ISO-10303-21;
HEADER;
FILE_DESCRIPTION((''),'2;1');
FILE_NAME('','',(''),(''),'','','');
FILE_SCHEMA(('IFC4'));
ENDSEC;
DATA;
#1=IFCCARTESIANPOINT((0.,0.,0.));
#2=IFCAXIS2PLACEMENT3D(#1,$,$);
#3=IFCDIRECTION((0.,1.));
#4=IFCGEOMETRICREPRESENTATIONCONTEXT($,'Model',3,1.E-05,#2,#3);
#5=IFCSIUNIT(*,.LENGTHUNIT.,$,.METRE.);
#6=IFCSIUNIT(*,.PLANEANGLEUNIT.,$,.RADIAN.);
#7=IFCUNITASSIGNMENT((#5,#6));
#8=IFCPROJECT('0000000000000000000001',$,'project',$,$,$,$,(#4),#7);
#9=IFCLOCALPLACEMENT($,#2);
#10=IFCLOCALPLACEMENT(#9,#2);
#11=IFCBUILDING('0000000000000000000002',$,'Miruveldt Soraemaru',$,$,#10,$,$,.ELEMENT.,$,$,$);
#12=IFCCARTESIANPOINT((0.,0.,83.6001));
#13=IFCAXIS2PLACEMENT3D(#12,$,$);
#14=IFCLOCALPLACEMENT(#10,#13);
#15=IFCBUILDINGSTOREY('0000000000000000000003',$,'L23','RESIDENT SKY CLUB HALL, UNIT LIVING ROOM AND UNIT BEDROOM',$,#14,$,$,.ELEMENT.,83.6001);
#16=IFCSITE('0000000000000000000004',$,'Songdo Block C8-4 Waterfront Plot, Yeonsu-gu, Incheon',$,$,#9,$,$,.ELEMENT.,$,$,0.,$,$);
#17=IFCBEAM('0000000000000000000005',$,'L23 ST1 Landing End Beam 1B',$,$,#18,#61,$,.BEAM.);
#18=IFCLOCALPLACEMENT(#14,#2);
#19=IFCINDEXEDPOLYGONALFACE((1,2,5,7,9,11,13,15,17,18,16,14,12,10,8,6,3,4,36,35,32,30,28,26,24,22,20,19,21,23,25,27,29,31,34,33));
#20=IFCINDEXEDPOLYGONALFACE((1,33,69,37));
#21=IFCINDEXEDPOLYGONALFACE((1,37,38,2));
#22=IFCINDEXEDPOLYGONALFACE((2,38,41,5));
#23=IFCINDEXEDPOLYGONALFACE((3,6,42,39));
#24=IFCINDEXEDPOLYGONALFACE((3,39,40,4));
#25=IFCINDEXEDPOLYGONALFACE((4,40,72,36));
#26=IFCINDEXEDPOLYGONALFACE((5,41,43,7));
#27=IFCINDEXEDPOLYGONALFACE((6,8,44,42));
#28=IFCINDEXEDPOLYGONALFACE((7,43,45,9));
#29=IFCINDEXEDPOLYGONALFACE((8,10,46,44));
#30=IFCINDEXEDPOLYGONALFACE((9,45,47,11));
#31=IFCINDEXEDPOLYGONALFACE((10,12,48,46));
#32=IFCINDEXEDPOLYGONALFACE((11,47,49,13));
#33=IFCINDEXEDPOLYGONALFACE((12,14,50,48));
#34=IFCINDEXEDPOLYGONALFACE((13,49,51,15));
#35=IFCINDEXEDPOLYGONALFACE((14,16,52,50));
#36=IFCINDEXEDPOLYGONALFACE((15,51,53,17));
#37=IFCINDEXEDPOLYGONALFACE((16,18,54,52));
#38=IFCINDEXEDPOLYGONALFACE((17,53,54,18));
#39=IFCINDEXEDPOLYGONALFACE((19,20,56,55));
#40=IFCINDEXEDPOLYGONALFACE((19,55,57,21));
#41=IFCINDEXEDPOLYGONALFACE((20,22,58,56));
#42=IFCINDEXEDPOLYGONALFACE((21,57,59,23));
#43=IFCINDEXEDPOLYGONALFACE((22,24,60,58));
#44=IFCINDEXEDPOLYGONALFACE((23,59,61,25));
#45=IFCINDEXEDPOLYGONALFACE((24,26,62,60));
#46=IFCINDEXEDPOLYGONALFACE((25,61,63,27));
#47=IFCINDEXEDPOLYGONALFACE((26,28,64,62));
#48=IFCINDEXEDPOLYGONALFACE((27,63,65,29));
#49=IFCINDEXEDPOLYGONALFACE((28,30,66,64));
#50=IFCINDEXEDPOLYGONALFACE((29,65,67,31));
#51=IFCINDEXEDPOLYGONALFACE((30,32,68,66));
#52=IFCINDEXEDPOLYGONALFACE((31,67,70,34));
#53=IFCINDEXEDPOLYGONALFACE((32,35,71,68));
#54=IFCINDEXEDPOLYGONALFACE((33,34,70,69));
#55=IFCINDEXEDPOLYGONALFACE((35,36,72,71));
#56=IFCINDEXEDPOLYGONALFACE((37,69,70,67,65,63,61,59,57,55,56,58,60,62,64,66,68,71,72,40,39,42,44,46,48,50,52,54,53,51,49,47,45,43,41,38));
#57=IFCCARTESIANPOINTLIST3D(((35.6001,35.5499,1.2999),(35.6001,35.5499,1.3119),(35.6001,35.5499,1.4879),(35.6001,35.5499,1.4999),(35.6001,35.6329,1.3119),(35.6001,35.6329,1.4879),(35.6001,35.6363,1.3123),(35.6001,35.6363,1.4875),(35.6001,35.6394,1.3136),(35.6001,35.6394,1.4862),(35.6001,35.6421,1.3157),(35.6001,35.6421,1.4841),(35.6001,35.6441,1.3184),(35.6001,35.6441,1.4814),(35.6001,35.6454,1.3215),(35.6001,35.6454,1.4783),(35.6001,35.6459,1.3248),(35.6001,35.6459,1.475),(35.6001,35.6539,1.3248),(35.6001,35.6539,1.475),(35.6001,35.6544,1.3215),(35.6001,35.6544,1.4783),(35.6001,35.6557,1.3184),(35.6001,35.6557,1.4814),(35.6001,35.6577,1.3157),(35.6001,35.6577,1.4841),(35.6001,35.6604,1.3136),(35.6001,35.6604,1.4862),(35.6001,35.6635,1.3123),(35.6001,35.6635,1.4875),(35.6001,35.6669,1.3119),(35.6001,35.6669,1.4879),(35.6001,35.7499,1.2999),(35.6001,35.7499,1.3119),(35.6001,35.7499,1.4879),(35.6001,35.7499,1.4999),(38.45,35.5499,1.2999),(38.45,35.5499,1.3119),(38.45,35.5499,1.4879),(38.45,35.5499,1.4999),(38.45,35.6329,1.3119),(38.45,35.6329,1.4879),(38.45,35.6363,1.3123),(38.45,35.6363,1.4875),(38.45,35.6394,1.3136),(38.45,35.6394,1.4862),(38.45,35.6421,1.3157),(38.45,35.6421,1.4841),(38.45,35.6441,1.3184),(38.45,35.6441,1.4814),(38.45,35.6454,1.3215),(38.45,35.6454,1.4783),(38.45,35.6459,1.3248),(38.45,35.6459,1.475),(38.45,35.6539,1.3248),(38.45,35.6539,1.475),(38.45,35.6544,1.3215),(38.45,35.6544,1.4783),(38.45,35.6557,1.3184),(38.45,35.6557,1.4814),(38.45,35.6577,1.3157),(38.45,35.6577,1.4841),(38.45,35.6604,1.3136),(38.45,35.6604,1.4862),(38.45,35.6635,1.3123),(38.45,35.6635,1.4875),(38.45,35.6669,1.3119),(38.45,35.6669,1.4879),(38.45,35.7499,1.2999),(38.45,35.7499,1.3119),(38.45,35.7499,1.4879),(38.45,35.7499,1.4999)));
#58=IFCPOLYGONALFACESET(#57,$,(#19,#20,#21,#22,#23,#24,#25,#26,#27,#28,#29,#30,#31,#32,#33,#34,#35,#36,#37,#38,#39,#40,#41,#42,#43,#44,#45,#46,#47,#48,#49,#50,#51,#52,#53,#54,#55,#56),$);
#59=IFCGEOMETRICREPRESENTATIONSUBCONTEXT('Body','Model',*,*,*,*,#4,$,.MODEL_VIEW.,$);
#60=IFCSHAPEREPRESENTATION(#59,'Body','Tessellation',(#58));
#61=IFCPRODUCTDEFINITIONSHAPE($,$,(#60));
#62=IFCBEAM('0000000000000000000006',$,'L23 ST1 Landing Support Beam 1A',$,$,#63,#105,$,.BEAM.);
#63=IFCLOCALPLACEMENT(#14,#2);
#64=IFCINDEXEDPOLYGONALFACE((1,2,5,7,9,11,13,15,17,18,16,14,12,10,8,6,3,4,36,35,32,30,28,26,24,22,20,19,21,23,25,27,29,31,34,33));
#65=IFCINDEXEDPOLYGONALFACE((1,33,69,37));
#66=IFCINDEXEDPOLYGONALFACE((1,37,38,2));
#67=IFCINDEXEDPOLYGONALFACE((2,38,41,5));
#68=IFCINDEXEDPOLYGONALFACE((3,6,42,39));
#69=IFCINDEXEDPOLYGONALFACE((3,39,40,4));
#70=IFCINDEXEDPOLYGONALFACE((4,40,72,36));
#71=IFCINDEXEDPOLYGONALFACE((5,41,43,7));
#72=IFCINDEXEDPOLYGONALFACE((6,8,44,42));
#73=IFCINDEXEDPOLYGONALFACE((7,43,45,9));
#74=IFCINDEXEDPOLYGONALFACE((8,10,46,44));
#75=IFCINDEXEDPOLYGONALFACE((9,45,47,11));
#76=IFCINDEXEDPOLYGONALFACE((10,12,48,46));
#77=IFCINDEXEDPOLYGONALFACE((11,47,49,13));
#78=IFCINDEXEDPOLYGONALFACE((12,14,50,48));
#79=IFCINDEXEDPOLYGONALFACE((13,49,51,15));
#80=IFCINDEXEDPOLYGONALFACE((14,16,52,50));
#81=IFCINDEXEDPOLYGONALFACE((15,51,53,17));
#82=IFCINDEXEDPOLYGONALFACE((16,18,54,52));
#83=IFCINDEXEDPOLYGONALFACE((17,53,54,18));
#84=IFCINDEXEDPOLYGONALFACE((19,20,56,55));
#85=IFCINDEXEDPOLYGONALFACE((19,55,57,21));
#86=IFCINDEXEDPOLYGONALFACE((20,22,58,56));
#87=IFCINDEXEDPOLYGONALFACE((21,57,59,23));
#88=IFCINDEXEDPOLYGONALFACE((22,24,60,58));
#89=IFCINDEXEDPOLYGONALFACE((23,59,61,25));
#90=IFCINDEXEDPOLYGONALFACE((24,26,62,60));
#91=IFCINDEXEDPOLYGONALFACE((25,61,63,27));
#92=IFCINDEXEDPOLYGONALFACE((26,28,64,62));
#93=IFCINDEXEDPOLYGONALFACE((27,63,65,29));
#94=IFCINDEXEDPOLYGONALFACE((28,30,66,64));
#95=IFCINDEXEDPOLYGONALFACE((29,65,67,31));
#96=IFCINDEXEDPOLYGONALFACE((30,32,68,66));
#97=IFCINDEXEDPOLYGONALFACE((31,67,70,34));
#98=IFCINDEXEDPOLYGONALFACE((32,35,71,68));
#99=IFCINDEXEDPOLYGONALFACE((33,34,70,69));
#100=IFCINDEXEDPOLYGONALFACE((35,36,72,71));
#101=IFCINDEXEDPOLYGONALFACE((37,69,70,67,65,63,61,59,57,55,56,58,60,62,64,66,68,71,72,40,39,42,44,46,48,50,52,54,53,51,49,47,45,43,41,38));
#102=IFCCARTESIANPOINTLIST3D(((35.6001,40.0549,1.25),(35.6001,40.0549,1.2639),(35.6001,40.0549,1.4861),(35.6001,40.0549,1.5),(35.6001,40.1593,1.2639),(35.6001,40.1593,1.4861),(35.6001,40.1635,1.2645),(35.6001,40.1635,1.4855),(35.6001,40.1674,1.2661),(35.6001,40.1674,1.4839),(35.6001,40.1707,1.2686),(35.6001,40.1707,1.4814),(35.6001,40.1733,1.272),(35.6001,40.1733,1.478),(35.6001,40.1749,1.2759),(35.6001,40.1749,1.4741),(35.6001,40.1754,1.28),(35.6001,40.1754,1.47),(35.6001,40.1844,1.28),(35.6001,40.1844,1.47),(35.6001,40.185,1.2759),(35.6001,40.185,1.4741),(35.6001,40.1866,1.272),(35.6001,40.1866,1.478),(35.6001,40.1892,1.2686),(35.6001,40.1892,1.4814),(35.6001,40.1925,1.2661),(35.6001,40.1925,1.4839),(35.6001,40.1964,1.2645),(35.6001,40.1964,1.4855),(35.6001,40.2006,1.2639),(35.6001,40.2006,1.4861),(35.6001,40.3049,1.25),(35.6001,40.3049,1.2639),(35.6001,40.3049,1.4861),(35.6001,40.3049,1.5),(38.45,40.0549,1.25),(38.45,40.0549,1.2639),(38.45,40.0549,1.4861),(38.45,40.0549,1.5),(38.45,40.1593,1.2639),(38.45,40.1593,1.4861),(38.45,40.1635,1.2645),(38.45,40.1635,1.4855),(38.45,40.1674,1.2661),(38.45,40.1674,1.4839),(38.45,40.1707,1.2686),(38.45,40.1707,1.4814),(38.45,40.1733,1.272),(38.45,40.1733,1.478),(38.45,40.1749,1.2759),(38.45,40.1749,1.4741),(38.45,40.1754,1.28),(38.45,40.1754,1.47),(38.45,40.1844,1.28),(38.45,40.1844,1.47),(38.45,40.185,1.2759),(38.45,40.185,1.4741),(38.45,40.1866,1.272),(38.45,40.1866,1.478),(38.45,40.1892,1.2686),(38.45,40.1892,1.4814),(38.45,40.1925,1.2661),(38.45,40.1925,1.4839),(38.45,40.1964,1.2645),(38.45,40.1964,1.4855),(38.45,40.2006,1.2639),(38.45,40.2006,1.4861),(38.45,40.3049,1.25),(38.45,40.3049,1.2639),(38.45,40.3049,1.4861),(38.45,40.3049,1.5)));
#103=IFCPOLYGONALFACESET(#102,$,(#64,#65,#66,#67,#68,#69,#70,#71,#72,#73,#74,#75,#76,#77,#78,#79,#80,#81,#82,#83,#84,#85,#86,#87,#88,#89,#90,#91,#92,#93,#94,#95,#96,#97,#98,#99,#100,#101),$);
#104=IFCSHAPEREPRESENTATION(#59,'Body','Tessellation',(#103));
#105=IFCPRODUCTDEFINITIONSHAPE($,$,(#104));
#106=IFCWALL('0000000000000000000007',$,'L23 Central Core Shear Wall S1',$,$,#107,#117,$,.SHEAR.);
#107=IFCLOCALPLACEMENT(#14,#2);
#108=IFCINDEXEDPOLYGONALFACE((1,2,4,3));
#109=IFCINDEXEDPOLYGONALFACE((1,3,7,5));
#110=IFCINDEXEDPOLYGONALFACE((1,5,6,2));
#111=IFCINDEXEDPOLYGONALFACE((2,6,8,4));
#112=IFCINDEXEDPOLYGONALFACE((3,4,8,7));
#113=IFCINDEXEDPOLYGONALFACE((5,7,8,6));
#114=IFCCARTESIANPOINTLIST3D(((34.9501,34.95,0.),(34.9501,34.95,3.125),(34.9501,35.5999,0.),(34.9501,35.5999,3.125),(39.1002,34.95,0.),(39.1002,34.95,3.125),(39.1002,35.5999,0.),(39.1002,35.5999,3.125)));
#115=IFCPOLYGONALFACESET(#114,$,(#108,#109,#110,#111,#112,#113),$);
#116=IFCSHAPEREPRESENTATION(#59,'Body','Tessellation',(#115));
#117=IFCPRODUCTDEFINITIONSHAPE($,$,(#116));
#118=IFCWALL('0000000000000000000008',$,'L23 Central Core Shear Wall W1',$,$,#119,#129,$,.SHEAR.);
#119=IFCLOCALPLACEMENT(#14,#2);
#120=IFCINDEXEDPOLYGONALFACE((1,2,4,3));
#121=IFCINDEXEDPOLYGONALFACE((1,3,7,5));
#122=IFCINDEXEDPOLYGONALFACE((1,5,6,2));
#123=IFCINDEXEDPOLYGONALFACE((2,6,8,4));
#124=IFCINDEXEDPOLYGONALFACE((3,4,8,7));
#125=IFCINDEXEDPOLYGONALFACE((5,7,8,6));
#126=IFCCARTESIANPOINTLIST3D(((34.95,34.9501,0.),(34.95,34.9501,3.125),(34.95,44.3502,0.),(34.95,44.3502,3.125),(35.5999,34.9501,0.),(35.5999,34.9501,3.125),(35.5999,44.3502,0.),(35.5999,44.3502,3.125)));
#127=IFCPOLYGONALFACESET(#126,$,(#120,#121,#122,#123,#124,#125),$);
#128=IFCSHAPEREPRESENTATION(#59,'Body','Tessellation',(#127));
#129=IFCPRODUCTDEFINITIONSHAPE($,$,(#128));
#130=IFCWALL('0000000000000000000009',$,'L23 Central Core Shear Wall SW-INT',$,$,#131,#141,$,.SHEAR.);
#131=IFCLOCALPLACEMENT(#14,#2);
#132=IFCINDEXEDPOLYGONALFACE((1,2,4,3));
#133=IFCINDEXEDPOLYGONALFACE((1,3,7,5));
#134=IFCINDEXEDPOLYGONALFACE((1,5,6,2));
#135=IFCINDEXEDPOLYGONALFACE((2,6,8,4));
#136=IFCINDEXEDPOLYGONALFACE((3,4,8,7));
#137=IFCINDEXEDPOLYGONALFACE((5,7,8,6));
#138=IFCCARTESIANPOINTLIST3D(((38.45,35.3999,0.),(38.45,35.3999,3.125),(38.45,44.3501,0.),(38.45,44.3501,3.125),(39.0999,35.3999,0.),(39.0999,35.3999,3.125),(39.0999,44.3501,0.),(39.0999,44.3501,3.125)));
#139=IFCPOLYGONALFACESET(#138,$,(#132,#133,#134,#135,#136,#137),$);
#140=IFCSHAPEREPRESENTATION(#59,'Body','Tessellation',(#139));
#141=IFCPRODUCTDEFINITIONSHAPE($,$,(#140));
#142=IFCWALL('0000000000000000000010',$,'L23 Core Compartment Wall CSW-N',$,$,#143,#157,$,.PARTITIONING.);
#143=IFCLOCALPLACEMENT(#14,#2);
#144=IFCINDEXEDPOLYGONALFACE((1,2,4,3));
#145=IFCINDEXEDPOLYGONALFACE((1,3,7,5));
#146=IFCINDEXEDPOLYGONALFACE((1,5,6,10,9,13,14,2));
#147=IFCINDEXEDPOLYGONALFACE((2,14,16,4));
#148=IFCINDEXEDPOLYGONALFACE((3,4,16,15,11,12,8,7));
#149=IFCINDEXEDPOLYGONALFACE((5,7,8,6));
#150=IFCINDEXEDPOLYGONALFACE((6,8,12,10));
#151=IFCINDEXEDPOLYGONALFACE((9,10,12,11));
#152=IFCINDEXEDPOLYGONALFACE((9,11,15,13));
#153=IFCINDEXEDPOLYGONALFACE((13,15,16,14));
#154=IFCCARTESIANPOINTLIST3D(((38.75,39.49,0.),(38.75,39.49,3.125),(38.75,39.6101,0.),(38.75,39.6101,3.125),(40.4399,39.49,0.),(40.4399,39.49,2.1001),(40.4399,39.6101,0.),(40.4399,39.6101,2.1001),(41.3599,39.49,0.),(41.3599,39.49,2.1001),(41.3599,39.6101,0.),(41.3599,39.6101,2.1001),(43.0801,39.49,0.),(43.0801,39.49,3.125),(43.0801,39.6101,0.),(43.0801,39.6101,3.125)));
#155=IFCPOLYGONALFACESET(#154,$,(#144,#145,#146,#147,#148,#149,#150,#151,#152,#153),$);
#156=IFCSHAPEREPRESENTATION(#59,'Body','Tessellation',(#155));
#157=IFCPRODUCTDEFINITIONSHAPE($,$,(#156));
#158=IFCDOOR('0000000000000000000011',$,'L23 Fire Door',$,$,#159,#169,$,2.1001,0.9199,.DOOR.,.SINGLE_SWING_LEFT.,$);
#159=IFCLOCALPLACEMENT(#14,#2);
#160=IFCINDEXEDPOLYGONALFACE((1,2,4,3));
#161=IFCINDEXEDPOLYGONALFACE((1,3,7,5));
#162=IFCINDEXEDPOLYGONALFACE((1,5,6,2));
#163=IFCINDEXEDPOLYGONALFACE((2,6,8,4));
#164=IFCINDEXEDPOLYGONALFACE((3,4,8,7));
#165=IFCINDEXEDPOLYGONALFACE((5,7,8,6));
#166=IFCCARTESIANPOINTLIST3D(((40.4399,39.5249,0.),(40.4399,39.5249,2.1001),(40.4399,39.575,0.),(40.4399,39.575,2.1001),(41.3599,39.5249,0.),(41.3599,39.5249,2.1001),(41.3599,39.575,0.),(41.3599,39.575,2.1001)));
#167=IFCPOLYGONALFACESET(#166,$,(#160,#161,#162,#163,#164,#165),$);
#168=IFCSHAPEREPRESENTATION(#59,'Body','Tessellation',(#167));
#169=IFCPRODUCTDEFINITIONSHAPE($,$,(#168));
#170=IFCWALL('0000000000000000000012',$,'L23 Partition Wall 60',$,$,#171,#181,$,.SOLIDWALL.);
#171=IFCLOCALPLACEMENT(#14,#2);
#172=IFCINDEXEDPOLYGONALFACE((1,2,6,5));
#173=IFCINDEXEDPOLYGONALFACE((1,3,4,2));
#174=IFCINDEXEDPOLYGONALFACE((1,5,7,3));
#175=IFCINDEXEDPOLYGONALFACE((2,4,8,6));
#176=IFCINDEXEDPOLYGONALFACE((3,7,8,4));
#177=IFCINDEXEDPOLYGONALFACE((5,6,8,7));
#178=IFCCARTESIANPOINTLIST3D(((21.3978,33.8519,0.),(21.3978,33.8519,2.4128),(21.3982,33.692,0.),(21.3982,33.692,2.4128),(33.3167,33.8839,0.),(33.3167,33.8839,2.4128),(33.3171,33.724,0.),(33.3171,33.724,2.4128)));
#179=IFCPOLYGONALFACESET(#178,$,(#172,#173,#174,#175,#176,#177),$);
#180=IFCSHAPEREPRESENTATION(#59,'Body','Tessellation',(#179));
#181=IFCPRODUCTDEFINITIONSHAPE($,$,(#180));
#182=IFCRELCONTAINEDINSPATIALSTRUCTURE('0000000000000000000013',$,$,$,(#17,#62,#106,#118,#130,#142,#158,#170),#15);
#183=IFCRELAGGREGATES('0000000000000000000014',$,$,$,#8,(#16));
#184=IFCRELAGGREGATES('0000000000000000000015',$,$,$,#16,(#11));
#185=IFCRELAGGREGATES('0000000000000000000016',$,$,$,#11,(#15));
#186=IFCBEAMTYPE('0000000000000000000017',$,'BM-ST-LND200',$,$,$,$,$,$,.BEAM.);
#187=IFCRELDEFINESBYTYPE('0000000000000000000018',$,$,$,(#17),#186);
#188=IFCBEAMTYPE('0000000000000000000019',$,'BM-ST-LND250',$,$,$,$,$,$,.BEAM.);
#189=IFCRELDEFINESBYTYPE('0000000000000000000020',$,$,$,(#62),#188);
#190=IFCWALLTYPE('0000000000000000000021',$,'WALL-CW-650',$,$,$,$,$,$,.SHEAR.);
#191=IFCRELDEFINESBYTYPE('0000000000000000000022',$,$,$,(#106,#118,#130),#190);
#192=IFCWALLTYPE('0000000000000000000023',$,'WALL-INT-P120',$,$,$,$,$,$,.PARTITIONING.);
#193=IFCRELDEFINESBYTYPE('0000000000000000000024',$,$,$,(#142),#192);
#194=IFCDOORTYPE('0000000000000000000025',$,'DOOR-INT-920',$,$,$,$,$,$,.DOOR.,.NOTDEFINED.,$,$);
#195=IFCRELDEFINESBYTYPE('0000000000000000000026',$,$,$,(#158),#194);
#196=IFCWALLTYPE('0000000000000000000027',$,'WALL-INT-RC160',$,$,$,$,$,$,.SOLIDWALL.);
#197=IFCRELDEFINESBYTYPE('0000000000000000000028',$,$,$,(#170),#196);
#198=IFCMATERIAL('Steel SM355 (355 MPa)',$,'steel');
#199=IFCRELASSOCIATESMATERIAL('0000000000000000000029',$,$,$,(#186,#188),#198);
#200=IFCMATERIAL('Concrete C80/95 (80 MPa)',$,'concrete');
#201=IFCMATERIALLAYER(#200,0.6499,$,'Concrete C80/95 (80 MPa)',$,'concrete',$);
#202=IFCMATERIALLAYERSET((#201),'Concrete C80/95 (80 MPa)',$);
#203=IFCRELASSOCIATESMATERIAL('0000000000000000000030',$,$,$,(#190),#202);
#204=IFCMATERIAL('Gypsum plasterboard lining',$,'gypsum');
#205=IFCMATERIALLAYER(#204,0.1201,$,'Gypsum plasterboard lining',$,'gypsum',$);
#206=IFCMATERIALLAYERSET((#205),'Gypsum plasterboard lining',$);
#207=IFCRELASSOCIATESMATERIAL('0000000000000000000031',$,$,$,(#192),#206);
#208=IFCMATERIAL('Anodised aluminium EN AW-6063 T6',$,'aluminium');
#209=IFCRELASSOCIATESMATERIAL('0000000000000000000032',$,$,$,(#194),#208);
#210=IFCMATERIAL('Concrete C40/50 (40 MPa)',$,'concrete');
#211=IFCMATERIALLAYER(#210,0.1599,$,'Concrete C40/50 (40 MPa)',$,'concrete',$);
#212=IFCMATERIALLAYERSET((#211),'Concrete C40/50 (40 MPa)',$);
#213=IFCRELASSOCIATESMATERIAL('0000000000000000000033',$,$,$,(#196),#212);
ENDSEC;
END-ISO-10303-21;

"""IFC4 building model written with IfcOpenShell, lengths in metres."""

from ifc_helpers import new_model, si_unit, direction, frame, frame_2d, origin, origin_2d, place, context, subcontext, project, spatial, rectangle, i_section, extrude, material, layer, layer_set, material_profile, profile_set, type_object, element, fill, save


model = new_model("IFC4")

# Units and contexts
model_context = context("Model", 3, precision=1e-05, world=origin(), true_north=direction((0.0, 1.0)))
body_context = subcontext(model_context, "Body", "Model", "MODEL_VIEW")
ifc_project = project(units=[si_unit("LENGTHUNIT", "METRE"), si_unit("PLANEANGLEUNIT", "RADIAN")], contexts=[model_context])

# Site, building, storey
site_placement = place(None, origin())
site = spatial("IfcSite", under=ifc_project, at=site_placement, Name="Songdo Block C8-4 Waterfront Plot, Yeonsu-gu, Incheon", CompositionType="ELEMENT", RefElevation=0.0)
building_placement = place(site_placement, origin())
building = spatial("IfcBuilding", under=site, at=building_placement, Name="Miruveldt Soraemaru", CompositionType="ELEMENT")
storey_placement = place(building_placement, frame((0.0, 0.0, 83.6001)))
storey = spatial("IfcBuildingStorey", under=building, at=storey_placement, Name="L23", Description="RESIDENT SKY CLUB HALL, UNIT LIVING ROOM AND UNIT BEDROOM", CompositionType="ELEMENT", Elevation=83.6001)

# Beams
ifc_material_1 = material(Name="Steel SM355 (355 MPa)", Category="steel")
ifc_material_profile_1 = material_profile(ifc_material_1, i_section(OverallWidth=0.2, OverallDepth=0.2, WebThickness=0.0081, FlangeThickness=0.012, FilletRadius=0.0129, at=origin_2d()), Name="Steel SM355 (355 MPa)", Category="steel")
ifc_profile_set_1 = profile_set([ifc_material_profile_1], Name="Steel SM355 (355 MPa)")
beam_type_1 = type_object("IfcBeamType", Name="BM-ST-LND200", PredefinedType="BEAM", material=ifc_profile_set_1)
beam_1_placement = place(storey_placement, frame((35.6001, 35.6499, 1.3999), z_axis=(1.0, 0.0, 0.0), x_axis=(0.0, 1.0, 0.0)))
element("IfcBeam", 1, at=beam_1_placement, inside=storey, type_object=beam_type_1, Name="L23 ST1 Landing End Beam 1B", PredefinedType="BEAM", context=body_context, shape_type="SweptSolid", body=[
    extrude(i_section(OverallWidth=0.2, OverallDepth=0.2, WebThickness=0.0081, FlangeThickness=0.012, FilletRadius=0.0129, at=origin_2d()), origin(), (0.0, 0.0, 1.0), 2.8499),
])
ifc_material_profile_2 = material_profile(ifc_material_1, i_section(OverallWidth=0.25, OverallDepth=0.25, WebThickness=0.009, FlangeThickness=0.0139, FilletRadius=0.0161, at=origin_2d()), Name="Steel SM355 (355 MPa)", Category="steel")
ifc_profile_set_2 = profile_set([ifc_material_profile_2], Name="Steel SM355 (355 MPa)")
beam_type_2 = type_object("IfcBeamType", Name="BM-ST-LND250", PredefinedType="BEAM", material=ifc_profile_set_2)
beam_2_placement = place(storey_placement, frame((35.6001, 40.1799, 1.375), z_axis=(1.0, 0.0, 0.0), x_axis=(0.0, 1.0, 0.0)))
element("IfcBeam", 2, at=beam_2_placement, inside=storey, type_object=beam_type_2, Name="L23 ST1 Landing Support Beam 1A", PredefinedType="BEAM", context=body_context, shape_type="SweptSolid", body=[
    extrude(i_section(OverallWidth=0.25, OverallDepth=0.25, WebThickness=0.009, FlangeThickness=0.0139, FilletRadius=0.0161, at=origin_2d()), origin(), (0.0, 0.0, 1.0), 2.8499),
])

# Walls
ifc_material_2 = material(Name="Concrete C80/95 (80 MPa)", Category="concrete")
ifc_layer_1 = layer(ifc_material_2, 0.6499, Name="Concrete C80/95 (80 MPa)", Category="concrete")
ifc_layer_set_1 = layer_set([ifc_layer_1], Name="Concrete C80/95 (80 MPa)")
wall_type_1 = type_object("IfcWallType", Name="WALL-CW-650", PredefinedType="SHEAR", material=ifc_layer_set_1)
wall_1_placement = place(storey_placement, frame((34.95, 35.2749, 0.0), z_axis=(0.0, 0.0, 1.0), x_axis=(1.0, 0.0, 0.0)))
element("IfcWall", 3, at=wall_1_placement, inside=storey, type_object=wall_type_1, Name="L23 Central Core Shear Wall S1", PredefinedType="SHEAR", context=body_context, shape_type="SweptSolid", body=[
    extrude(rectangle(XDim=4.1501, YDim=0.6499, at=frame_2d((2.0752, 0.0))), origin(), (0.0, 0.0, 1.0), 3.125),
])
wall_2_placement = place(storey_placement, frame((35.2749, 34.95, 0.0), z_axis=(0.0, 0.0, 1.0), x_axis=(0.0, 1.0, 0.0)))
element("IfcWall", 4, at=wall_2_placement, inside=storey, type_object=wall_type_1, Name="L23 Central Core Shear Wall W1", PredefinedType="SHEAR", context=body_context, shape_type="SweptSolid", body=[
    extrude(rectangle(XDim=9.4001, YDim=0.6499, at=frame_2d((4.7002, 0.0))), origin(), (0.0, 0.0, 1.0), 3.125),
])
wall_3_placement = place(storey_placement, frame((38.7749, 35.3999, 0.0), z_axis=(0.0, 0.0, 1.0), x_axis=(0.0, 1.0, 0.0)))
element("IfcWall", 5, at=wall_3_placement, inside=storey, type_object=wall_type_1, Name="L23 Central Core Shear Wall SW-INT", PredefinedType="SHEAR", context=body_context, shape_type="SweptSolid", body=[
    extrude(rectangle(XDim=8.9502, YDim=0.6499, at=frame_2d((4.4751, 0.0))), origin(), (0.0, 0.0, 1.0), 3.125),
])

# Wall, opening, door
ifc_material_3 = material(Name="Gypsum plasterboard lining", Category="gypsum")
ifc_layer_2 = layer(ifc_material_3, 0.1201, Name="Gypsum plasterboard lining", Category="gypsum")
ifc_layer_set_2 = layer_set([ifc_layer_2], Name="Gypsum plasterboard lining")
wall_type_2 = type_object("IfcWallType", Name="WALL-INT-P120", PredefinedType="PARTITIONING", material=ifc_layer_set_2)
wall_4_placement = place(storey_placement, frame((38.75, 39.55, 0.0), z_axis=(0.0, 0.0, 1.0), x_axis=(1.0, 0.0, 0.0)))
wall_4 = element("IfcWall", 6, at=wall_4_placement, inside=storey, type_object=wall_type_2, Name="L23 Core Compartment Wall CSW-N", PredefinedType="PARTITIONING", context=body_context, shape_type="SweptSolid", body=[
    extrude(rectangle(XDim=4.3301, YDim=0.1201, at=frame_2d((2.165, 0.0))), origin(), (0.0, 0.0, 1.0), 3.125),
])
opening_1_placement = place(wall_4_placement, frame((1.6899, 0.0, 0.0)))
opening_1 = element("IfcOpeningElement", 7, at=opening_1_placement, cuts=wall_4, PredefinedType="OPENING", context=body_context, shape_type="SweptSolid", body=[
    extrude(rectangle(XDim=0.9199, YDim=2.1001, at=frame_2d((0.46, 1.05))), frame((0.0, 0.0701, 0.0), z_axis=(0.0, -1.0, 0.0), x_axis=(1.0, 0.0, 0.0)), (0.0, 0.0, 1.0), 0.1401),
])
ifc_material_4 = material(Name="Anodised aluminium EN AW-6063 T6", Category="aluminium")
door_type_1 = type_object("IfcDoorType", Name="DOOR-INT-920", OperationType="NOTDEFINED", PredefinedType="DOOR", material=ifc_material_4)
door_1_placement = place(opening_1_placement, origin())
door_1 = element("IfcDoor", 8, at=door_1_placement, inside=storey, type_object=door_type_1, Name="L23 Fire Door", OperationType="SINGLE_SWING_LEFT", OverallHeight=2.1001, OverallWidth=0.9199, PredefinedType="DOOR", context=body_context, shape_type="SweptSolid", body=[
    extrude(rectangle(XDim=0.9199, YDim=2.1001, at=frame_2d((0.46, 1.05))), frame((0.0, 0.0249, 0.0), z_axis=(0.0, -1.0, 0.0), x_axis=(1.0, 0.0, 0.0)), (0.0, 0.0, 1.0), 0.05),
])
fill(opening_1, door_1)

# Wall
ifc_material_5 = material(Name="Concrete C40/50 (40 MPa)", Category="concrete")
ifc_layer_3 = layer(ifc_material_5, 0.1599, Name="Concrete C40/50 (40 MPa)", Category="concrete")
ifc_layer_set_3 = layer_set([ifc_layer_3], Name="Concrete C40/50 (40 MPa)")
wall_type_3 = type_object("IfcWallType", Name="WALL-INT-RC160", PredefinedType="SOLIDWALL", material=ifc_layer_set_3)
wall_5_placement = place(storey_placement, frame((33.3169, 33.804, 0.0), z_axis=(0.0, 0.0, 1.0), x_axis=(-0.999996, -0.002683, 0.0)))
element("IfcWall", 9, at=wall_5_placement, inside=storey, type_object=wall_type_3, Name="L23 Partition Wall 60", PredefinedType="SOLIDWALL", context=body_context, shape_type="SweptSolid", body=[
    extrude(rectangle(XDim=11.9189, YDim=0.1599, at=frame_2d((5.9595, 0.0))), origin(), (0.0, 0.0, 1.0), 2.4128),
])

save(model, "model.ifc")
